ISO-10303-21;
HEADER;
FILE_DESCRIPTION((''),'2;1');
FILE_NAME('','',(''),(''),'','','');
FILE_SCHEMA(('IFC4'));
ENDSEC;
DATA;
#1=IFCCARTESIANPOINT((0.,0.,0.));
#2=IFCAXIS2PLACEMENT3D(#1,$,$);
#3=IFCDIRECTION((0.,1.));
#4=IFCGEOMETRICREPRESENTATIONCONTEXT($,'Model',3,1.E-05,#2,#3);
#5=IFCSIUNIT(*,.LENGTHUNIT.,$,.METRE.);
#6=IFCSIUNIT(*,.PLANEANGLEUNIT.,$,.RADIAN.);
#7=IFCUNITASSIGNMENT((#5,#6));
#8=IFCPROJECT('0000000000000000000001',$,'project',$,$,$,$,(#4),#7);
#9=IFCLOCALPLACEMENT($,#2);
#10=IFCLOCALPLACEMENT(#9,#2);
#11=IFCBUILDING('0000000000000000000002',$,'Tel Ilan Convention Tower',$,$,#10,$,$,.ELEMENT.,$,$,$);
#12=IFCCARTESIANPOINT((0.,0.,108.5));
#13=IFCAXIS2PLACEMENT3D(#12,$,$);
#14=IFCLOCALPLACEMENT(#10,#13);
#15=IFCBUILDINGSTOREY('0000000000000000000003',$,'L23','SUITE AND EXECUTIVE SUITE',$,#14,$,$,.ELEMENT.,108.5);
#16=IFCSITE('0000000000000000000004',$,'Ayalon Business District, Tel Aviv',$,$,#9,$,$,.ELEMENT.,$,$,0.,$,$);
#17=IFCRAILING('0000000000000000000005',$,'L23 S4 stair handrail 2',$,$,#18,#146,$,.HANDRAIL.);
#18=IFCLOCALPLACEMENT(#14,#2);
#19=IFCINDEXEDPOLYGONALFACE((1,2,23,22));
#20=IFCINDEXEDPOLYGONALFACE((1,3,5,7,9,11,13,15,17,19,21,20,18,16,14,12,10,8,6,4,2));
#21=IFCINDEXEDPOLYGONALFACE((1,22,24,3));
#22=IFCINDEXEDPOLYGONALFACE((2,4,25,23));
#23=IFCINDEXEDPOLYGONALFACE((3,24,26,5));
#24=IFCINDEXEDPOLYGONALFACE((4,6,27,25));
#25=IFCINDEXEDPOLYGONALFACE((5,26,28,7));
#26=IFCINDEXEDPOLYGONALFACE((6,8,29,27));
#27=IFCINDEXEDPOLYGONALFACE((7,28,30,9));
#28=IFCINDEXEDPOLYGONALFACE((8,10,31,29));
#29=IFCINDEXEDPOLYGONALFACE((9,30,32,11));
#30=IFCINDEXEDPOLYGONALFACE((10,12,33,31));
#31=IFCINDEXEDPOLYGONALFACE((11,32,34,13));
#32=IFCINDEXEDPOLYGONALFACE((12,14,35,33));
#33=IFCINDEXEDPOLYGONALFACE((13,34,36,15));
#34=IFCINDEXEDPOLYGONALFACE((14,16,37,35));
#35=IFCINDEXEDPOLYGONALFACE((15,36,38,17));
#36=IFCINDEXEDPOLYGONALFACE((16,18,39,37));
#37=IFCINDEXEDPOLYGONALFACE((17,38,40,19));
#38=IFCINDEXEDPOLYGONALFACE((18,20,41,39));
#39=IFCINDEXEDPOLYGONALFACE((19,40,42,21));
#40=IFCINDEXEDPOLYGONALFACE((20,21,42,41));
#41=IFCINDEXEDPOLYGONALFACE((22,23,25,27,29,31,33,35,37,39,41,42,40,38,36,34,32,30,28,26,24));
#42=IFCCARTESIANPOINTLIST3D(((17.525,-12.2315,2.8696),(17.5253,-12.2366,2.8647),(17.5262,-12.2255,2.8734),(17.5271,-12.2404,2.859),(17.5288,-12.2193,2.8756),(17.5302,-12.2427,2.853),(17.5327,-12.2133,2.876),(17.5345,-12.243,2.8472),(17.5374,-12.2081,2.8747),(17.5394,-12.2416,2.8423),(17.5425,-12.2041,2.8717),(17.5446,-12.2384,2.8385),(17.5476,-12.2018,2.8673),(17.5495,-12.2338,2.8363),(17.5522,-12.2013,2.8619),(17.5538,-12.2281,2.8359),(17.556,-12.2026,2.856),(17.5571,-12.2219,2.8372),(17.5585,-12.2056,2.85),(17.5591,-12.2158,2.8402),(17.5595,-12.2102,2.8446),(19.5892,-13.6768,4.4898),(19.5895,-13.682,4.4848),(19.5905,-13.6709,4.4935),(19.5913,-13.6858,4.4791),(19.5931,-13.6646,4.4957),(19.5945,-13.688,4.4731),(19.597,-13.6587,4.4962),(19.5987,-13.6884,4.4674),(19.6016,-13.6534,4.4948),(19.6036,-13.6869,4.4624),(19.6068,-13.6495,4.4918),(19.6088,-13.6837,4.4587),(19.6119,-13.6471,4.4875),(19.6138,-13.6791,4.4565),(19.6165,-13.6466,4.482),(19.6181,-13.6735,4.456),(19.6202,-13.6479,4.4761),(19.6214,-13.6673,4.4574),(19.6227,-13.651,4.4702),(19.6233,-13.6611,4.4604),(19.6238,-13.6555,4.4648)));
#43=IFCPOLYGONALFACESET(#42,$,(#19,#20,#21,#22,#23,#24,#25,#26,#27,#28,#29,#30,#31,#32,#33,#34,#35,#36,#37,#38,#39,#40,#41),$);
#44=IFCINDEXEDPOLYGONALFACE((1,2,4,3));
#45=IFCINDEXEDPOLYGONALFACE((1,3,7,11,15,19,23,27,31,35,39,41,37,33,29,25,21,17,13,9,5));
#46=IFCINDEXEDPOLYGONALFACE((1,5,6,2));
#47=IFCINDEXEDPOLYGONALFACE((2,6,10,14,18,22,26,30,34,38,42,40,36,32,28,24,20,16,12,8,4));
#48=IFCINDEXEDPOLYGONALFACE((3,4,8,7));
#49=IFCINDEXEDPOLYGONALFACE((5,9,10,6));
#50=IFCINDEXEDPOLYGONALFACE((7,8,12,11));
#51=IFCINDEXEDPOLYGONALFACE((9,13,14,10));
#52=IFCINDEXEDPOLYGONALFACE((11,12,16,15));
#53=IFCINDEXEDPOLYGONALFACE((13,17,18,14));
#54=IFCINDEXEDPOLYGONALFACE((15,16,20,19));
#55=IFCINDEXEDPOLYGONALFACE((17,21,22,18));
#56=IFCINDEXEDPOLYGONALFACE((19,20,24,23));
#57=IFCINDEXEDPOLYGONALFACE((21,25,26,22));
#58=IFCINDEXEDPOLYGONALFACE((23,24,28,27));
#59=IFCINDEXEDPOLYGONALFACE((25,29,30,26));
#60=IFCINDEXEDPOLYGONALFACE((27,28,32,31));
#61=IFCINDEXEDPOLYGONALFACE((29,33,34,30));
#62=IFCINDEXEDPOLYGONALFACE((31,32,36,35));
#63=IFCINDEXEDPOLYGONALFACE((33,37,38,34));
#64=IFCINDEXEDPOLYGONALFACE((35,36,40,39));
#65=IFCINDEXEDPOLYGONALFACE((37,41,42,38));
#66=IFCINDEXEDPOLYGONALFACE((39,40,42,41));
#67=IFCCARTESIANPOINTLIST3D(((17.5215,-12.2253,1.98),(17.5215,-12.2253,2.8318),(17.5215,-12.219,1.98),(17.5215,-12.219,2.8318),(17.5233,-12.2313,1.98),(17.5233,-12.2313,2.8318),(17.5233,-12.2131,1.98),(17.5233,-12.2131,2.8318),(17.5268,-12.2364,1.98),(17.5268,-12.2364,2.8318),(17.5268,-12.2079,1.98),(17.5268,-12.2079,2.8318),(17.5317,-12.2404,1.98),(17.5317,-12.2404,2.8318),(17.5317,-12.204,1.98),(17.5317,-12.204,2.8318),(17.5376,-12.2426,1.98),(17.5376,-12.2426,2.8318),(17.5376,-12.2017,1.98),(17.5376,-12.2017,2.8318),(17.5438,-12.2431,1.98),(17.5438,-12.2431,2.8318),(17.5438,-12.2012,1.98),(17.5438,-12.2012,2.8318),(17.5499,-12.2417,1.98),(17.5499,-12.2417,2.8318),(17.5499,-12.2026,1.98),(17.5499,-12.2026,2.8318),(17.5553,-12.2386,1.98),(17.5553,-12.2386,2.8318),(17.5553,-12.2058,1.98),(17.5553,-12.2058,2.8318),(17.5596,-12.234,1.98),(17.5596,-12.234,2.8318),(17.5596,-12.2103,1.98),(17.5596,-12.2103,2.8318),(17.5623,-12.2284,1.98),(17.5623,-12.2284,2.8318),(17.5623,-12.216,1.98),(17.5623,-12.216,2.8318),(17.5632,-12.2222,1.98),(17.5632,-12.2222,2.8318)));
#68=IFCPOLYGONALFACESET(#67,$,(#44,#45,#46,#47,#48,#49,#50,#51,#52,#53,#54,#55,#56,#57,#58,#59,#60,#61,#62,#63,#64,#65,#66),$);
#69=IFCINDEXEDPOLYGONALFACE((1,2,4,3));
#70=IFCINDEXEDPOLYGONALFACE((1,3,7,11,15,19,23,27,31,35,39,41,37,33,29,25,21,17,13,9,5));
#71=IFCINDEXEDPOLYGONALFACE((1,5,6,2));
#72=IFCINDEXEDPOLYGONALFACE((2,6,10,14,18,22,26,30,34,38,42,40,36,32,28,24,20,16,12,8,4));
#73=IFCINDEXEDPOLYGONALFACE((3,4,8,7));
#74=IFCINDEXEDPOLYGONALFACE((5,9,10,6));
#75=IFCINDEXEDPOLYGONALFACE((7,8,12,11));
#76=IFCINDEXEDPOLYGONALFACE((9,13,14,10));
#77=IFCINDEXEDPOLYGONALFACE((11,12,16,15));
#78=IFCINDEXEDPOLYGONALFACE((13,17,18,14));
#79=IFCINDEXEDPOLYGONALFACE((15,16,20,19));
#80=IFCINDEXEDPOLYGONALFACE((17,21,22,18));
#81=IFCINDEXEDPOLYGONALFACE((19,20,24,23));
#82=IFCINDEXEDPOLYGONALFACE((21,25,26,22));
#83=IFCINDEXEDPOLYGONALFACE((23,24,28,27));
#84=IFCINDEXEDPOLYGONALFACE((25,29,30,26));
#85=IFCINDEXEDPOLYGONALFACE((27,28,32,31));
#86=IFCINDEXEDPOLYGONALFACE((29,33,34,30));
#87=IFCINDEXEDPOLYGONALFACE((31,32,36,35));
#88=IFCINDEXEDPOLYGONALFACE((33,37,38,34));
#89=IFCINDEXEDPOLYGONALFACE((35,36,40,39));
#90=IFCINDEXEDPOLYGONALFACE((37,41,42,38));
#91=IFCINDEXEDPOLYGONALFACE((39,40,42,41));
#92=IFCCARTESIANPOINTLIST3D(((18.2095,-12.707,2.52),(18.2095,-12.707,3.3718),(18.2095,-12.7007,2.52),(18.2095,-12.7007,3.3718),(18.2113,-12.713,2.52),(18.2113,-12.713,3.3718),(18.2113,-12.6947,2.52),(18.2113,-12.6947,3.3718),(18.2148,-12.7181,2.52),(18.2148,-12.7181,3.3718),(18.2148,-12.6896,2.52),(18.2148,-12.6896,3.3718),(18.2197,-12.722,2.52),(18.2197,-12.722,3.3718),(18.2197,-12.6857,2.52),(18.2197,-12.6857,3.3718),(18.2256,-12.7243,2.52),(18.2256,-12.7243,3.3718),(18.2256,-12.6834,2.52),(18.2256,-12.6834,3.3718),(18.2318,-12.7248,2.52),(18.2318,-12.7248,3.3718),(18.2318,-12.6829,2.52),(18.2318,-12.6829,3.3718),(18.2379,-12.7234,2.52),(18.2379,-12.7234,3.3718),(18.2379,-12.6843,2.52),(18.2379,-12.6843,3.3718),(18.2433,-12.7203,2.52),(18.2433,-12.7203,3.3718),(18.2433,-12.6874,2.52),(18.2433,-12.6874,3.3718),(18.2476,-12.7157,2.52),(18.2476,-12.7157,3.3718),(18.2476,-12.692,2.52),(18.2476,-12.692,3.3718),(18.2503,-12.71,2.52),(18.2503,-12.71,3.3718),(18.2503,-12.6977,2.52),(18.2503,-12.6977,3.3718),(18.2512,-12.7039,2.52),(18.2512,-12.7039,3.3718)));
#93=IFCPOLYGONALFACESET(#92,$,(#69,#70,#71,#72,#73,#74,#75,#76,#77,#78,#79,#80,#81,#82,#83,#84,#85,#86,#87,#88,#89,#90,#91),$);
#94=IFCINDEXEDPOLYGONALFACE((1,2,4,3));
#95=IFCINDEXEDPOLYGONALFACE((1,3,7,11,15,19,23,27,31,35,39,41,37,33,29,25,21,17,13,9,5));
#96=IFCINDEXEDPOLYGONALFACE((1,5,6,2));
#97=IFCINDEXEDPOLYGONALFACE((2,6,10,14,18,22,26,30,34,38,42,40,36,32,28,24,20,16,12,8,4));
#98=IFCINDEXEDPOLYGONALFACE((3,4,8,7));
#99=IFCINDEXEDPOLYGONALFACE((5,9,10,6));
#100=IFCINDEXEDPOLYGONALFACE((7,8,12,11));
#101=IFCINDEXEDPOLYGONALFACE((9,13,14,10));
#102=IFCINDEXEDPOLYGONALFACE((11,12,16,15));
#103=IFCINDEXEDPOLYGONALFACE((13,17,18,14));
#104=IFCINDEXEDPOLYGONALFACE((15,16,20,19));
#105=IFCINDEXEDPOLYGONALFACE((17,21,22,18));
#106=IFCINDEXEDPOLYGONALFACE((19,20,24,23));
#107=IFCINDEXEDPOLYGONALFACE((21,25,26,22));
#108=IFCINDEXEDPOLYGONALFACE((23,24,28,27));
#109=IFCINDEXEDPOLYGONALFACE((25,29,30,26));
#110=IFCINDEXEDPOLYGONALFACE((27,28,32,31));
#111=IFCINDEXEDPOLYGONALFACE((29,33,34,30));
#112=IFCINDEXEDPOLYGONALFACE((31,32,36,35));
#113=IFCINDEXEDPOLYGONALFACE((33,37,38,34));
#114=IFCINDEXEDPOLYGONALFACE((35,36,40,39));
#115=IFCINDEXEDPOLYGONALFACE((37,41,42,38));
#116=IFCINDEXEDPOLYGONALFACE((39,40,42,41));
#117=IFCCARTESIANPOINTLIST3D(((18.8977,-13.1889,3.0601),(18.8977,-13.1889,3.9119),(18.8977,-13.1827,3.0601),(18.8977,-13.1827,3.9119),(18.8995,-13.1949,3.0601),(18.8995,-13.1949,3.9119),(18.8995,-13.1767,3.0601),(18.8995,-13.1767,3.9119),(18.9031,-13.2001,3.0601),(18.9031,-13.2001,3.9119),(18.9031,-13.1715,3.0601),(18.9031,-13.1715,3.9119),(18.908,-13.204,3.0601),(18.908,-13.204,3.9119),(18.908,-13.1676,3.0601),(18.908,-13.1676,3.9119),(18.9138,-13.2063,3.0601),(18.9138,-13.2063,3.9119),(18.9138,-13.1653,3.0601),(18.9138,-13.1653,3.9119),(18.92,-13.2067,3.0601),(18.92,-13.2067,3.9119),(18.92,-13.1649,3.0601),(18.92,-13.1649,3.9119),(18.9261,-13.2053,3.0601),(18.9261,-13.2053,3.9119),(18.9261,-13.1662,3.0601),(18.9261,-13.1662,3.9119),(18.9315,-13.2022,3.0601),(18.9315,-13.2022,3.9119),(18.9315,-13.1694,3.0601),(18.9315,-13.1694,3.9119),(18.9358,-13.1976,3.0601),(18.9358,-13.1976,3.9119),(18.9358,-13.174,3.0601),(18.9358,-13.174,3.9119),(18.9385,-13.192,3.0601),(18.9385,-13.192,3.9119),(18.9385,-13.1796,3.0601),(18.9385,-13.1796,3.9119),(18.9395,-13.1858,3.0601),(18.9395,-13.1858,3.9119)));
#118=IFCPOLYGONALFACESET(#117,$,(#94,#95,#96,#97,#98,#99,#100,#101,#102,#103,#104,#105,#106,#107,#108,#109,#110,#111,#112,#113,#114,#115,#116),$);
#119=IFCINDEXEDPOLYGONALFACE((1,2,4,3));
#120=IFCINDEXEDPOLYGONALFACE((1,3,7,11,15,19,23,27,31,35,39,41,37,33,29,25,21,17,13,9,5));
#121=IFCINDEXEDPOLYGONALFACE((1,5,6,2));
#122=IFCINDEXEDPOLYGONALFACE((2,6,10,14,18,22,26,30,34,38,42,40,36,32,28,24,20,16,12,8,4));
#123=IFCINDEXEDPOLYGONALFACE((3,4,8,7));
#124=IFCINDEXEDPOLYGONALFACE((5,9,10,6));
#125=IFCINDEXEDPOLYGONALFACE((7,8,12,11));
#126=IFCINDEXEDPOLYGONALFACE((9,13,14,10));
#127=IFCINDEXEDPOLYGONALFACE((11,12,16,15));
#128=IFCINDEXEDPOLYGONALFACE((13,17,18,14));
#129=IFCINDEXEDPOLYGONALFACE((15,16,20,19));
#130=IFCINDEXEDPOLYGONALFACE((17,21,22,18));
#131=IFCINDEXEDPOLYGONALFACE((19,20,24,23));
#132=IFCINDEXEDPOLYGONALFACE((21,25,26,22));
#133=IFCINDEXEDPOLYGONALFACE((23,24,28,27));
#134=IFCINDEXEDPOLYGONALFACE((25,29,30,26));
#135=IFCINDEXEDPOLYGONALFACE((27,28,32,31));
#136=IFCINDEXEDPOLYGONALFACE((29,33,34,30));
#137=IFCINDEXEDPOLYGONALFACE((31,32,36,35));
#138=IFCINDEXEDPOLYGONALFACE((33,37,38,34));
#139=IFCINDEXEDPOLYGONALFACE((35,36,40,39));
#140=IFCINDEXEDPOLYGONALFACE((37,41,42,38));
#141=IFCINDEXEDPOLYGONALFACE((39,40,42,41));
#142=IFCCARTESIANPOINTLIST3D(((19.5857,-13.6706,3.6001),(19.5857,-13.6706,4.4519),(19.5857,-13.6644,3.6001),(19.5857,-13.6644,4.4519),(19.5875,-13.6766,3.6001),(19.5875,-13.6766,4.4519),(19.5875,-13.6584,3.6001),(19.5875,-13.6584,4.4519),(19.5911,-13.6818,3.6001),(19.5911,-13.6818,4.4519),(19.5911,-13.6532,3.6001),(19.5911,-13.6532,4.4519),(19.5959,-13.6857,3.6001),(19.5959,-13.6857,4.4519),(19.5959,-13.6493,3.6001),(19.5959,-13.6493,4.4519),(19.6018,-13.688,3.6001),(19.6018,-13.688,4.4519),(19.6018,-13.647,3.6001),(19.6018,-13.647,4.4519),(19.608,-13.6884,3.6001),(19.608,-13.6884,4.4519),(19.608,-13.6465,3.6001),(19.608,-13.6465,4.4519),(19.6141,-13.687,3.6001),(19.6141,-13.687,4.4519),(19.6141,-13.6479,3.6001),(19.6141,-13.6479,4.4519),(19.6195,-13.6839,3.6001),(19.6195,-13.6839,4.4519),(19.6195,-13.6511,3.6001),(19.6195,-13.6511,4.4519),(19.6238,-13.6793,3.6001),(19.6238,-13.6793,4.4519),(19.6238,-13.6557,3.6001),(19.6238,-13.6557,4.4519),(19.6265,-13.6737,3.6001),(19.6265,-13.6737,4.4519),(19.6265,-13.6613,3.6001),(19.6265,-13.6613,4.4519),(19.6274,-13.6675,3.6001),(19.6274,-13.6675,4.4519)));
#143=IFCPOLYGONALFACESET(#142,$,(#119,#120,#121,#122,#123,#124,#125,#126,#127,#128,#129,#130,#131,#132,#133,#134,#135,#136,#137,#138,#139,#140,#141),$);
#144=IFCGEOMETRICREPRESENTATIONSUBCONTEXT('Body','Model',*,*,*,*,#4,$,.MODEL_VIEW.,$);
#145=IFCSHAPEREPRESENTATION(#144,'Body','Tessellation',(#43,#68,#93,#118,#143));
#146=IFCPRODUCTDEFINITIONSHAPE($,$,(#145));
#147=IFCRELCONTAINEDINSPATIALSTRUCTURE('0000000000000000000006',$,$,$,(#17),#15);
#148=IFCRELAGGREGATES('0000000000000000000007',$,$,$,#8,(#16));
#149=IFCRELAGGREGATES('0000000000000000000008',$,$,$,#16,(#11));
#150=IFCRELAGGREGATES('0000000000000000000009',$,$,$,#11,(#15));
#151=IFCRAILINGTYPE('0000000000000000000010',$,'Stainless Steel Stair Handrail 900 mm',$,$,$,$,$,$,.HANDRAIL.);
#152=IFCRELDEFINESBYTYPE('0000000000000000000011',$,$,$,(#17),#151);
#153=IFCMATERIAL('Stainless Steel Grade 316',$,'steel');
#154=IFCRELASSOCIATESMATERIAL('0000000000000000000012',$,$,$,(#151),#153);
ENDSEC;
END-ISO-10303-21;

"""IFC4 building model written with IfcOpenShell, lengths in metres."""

from ifc_helpers import new_model, si_unit, direction, frame, origin, origin_2d, place, context, subcontext, project, spatial, circle, extrude, material, type_object, element, save


model = new_model("IFC4")

# Units and contexts
model_context = context("Model", 3, precision=1e-05, world=origin(), true_north=direction((0.0, 1.0)))
body_context = subcontext(model_context, "Body", "Model", "MODEL_VIEW")
ifc_project = project(units=[si_unit("LENGTHUNIT", "METRE"), si_unit("PLANEANGLEUNIT", "RADIAN")], contexts=[model_context])

# Site, building, storey
site_placement = place(None, origin())
site = spatial("IfcSite", under=ifc_project, at=site_placement, Name="Ayalon Business District, Tel Aviv", CompositionType="ELEMENT", RefElevation=0.0)
building_placement = place(site_placement, origin())
building = spatial("IfcBuilding", under=site, at=building_placement, Name="Tel Ilan Convention Tower", CompositionType="ELEMENT")
storey_placement = place(building_placement, frame((0.0, 0.0, 108.5)))
storey = spatial("IfcBuildingStorey", under=building, at=storey_placement, Name="L23", Description="SUITE AND EXECUTIVE SUITE", CompositionType="ELEMENT", Elevation=108.5)

# Railing
ifc_material_1 = material(Name="Stainless Steel Grade 316", Category="steel")
railing_type_1 = type_object("IfcRailingType", Name="Stainless Steel Stair Handrail 900 mm", PredefinedType="HANDRAIL", material=ifc_material_1)
railing_1_placement = place(storey_placement, frame((17.5422, -12.2222, 1.98)))
element("IfcRailing", 1, at=railing_1_placement, inside=storey, type_object=railing_type_1, Name="L23 S4 stair handrail 2", PredefinedType="HANDRAIL", context=body_context, shape_type="SweptSolid", body=[
    extrude(circle(Radius=0.0239, at=origin_2d()), frame((0.0, 0.0, 0.876), z_axis=(0.68904, -0.48245, 0.540801), x_axis=(0.57356, 0.819164, 0.0)), (0.0, 0.0, 1.0), 2.9958),
    extrude(circle(Radius=0.021, at=origin_2d()), origin(), (0.0, 0.0, 1.0), 0.8518),
    extrude(circle(Radius=0.021, at=origin_2d()), frame((0.688, -0.4817, 0.54)), (0.0, 0.0, 1.0), 0.8518),
    extrude(circle(Radius=0.021, at=origin_2d()), frame((1.3762, -0.9636, 1.0801)), (0.0, 0.0, 1.0), 0.8518),
    extrude(circle(Radius=0.021, at=origin_2d()), frame((2.0642, -1.4453, 1.6201)), (0.0, 0.0, 1.0), 0.8518),
])

save(model, "model.ifc")
